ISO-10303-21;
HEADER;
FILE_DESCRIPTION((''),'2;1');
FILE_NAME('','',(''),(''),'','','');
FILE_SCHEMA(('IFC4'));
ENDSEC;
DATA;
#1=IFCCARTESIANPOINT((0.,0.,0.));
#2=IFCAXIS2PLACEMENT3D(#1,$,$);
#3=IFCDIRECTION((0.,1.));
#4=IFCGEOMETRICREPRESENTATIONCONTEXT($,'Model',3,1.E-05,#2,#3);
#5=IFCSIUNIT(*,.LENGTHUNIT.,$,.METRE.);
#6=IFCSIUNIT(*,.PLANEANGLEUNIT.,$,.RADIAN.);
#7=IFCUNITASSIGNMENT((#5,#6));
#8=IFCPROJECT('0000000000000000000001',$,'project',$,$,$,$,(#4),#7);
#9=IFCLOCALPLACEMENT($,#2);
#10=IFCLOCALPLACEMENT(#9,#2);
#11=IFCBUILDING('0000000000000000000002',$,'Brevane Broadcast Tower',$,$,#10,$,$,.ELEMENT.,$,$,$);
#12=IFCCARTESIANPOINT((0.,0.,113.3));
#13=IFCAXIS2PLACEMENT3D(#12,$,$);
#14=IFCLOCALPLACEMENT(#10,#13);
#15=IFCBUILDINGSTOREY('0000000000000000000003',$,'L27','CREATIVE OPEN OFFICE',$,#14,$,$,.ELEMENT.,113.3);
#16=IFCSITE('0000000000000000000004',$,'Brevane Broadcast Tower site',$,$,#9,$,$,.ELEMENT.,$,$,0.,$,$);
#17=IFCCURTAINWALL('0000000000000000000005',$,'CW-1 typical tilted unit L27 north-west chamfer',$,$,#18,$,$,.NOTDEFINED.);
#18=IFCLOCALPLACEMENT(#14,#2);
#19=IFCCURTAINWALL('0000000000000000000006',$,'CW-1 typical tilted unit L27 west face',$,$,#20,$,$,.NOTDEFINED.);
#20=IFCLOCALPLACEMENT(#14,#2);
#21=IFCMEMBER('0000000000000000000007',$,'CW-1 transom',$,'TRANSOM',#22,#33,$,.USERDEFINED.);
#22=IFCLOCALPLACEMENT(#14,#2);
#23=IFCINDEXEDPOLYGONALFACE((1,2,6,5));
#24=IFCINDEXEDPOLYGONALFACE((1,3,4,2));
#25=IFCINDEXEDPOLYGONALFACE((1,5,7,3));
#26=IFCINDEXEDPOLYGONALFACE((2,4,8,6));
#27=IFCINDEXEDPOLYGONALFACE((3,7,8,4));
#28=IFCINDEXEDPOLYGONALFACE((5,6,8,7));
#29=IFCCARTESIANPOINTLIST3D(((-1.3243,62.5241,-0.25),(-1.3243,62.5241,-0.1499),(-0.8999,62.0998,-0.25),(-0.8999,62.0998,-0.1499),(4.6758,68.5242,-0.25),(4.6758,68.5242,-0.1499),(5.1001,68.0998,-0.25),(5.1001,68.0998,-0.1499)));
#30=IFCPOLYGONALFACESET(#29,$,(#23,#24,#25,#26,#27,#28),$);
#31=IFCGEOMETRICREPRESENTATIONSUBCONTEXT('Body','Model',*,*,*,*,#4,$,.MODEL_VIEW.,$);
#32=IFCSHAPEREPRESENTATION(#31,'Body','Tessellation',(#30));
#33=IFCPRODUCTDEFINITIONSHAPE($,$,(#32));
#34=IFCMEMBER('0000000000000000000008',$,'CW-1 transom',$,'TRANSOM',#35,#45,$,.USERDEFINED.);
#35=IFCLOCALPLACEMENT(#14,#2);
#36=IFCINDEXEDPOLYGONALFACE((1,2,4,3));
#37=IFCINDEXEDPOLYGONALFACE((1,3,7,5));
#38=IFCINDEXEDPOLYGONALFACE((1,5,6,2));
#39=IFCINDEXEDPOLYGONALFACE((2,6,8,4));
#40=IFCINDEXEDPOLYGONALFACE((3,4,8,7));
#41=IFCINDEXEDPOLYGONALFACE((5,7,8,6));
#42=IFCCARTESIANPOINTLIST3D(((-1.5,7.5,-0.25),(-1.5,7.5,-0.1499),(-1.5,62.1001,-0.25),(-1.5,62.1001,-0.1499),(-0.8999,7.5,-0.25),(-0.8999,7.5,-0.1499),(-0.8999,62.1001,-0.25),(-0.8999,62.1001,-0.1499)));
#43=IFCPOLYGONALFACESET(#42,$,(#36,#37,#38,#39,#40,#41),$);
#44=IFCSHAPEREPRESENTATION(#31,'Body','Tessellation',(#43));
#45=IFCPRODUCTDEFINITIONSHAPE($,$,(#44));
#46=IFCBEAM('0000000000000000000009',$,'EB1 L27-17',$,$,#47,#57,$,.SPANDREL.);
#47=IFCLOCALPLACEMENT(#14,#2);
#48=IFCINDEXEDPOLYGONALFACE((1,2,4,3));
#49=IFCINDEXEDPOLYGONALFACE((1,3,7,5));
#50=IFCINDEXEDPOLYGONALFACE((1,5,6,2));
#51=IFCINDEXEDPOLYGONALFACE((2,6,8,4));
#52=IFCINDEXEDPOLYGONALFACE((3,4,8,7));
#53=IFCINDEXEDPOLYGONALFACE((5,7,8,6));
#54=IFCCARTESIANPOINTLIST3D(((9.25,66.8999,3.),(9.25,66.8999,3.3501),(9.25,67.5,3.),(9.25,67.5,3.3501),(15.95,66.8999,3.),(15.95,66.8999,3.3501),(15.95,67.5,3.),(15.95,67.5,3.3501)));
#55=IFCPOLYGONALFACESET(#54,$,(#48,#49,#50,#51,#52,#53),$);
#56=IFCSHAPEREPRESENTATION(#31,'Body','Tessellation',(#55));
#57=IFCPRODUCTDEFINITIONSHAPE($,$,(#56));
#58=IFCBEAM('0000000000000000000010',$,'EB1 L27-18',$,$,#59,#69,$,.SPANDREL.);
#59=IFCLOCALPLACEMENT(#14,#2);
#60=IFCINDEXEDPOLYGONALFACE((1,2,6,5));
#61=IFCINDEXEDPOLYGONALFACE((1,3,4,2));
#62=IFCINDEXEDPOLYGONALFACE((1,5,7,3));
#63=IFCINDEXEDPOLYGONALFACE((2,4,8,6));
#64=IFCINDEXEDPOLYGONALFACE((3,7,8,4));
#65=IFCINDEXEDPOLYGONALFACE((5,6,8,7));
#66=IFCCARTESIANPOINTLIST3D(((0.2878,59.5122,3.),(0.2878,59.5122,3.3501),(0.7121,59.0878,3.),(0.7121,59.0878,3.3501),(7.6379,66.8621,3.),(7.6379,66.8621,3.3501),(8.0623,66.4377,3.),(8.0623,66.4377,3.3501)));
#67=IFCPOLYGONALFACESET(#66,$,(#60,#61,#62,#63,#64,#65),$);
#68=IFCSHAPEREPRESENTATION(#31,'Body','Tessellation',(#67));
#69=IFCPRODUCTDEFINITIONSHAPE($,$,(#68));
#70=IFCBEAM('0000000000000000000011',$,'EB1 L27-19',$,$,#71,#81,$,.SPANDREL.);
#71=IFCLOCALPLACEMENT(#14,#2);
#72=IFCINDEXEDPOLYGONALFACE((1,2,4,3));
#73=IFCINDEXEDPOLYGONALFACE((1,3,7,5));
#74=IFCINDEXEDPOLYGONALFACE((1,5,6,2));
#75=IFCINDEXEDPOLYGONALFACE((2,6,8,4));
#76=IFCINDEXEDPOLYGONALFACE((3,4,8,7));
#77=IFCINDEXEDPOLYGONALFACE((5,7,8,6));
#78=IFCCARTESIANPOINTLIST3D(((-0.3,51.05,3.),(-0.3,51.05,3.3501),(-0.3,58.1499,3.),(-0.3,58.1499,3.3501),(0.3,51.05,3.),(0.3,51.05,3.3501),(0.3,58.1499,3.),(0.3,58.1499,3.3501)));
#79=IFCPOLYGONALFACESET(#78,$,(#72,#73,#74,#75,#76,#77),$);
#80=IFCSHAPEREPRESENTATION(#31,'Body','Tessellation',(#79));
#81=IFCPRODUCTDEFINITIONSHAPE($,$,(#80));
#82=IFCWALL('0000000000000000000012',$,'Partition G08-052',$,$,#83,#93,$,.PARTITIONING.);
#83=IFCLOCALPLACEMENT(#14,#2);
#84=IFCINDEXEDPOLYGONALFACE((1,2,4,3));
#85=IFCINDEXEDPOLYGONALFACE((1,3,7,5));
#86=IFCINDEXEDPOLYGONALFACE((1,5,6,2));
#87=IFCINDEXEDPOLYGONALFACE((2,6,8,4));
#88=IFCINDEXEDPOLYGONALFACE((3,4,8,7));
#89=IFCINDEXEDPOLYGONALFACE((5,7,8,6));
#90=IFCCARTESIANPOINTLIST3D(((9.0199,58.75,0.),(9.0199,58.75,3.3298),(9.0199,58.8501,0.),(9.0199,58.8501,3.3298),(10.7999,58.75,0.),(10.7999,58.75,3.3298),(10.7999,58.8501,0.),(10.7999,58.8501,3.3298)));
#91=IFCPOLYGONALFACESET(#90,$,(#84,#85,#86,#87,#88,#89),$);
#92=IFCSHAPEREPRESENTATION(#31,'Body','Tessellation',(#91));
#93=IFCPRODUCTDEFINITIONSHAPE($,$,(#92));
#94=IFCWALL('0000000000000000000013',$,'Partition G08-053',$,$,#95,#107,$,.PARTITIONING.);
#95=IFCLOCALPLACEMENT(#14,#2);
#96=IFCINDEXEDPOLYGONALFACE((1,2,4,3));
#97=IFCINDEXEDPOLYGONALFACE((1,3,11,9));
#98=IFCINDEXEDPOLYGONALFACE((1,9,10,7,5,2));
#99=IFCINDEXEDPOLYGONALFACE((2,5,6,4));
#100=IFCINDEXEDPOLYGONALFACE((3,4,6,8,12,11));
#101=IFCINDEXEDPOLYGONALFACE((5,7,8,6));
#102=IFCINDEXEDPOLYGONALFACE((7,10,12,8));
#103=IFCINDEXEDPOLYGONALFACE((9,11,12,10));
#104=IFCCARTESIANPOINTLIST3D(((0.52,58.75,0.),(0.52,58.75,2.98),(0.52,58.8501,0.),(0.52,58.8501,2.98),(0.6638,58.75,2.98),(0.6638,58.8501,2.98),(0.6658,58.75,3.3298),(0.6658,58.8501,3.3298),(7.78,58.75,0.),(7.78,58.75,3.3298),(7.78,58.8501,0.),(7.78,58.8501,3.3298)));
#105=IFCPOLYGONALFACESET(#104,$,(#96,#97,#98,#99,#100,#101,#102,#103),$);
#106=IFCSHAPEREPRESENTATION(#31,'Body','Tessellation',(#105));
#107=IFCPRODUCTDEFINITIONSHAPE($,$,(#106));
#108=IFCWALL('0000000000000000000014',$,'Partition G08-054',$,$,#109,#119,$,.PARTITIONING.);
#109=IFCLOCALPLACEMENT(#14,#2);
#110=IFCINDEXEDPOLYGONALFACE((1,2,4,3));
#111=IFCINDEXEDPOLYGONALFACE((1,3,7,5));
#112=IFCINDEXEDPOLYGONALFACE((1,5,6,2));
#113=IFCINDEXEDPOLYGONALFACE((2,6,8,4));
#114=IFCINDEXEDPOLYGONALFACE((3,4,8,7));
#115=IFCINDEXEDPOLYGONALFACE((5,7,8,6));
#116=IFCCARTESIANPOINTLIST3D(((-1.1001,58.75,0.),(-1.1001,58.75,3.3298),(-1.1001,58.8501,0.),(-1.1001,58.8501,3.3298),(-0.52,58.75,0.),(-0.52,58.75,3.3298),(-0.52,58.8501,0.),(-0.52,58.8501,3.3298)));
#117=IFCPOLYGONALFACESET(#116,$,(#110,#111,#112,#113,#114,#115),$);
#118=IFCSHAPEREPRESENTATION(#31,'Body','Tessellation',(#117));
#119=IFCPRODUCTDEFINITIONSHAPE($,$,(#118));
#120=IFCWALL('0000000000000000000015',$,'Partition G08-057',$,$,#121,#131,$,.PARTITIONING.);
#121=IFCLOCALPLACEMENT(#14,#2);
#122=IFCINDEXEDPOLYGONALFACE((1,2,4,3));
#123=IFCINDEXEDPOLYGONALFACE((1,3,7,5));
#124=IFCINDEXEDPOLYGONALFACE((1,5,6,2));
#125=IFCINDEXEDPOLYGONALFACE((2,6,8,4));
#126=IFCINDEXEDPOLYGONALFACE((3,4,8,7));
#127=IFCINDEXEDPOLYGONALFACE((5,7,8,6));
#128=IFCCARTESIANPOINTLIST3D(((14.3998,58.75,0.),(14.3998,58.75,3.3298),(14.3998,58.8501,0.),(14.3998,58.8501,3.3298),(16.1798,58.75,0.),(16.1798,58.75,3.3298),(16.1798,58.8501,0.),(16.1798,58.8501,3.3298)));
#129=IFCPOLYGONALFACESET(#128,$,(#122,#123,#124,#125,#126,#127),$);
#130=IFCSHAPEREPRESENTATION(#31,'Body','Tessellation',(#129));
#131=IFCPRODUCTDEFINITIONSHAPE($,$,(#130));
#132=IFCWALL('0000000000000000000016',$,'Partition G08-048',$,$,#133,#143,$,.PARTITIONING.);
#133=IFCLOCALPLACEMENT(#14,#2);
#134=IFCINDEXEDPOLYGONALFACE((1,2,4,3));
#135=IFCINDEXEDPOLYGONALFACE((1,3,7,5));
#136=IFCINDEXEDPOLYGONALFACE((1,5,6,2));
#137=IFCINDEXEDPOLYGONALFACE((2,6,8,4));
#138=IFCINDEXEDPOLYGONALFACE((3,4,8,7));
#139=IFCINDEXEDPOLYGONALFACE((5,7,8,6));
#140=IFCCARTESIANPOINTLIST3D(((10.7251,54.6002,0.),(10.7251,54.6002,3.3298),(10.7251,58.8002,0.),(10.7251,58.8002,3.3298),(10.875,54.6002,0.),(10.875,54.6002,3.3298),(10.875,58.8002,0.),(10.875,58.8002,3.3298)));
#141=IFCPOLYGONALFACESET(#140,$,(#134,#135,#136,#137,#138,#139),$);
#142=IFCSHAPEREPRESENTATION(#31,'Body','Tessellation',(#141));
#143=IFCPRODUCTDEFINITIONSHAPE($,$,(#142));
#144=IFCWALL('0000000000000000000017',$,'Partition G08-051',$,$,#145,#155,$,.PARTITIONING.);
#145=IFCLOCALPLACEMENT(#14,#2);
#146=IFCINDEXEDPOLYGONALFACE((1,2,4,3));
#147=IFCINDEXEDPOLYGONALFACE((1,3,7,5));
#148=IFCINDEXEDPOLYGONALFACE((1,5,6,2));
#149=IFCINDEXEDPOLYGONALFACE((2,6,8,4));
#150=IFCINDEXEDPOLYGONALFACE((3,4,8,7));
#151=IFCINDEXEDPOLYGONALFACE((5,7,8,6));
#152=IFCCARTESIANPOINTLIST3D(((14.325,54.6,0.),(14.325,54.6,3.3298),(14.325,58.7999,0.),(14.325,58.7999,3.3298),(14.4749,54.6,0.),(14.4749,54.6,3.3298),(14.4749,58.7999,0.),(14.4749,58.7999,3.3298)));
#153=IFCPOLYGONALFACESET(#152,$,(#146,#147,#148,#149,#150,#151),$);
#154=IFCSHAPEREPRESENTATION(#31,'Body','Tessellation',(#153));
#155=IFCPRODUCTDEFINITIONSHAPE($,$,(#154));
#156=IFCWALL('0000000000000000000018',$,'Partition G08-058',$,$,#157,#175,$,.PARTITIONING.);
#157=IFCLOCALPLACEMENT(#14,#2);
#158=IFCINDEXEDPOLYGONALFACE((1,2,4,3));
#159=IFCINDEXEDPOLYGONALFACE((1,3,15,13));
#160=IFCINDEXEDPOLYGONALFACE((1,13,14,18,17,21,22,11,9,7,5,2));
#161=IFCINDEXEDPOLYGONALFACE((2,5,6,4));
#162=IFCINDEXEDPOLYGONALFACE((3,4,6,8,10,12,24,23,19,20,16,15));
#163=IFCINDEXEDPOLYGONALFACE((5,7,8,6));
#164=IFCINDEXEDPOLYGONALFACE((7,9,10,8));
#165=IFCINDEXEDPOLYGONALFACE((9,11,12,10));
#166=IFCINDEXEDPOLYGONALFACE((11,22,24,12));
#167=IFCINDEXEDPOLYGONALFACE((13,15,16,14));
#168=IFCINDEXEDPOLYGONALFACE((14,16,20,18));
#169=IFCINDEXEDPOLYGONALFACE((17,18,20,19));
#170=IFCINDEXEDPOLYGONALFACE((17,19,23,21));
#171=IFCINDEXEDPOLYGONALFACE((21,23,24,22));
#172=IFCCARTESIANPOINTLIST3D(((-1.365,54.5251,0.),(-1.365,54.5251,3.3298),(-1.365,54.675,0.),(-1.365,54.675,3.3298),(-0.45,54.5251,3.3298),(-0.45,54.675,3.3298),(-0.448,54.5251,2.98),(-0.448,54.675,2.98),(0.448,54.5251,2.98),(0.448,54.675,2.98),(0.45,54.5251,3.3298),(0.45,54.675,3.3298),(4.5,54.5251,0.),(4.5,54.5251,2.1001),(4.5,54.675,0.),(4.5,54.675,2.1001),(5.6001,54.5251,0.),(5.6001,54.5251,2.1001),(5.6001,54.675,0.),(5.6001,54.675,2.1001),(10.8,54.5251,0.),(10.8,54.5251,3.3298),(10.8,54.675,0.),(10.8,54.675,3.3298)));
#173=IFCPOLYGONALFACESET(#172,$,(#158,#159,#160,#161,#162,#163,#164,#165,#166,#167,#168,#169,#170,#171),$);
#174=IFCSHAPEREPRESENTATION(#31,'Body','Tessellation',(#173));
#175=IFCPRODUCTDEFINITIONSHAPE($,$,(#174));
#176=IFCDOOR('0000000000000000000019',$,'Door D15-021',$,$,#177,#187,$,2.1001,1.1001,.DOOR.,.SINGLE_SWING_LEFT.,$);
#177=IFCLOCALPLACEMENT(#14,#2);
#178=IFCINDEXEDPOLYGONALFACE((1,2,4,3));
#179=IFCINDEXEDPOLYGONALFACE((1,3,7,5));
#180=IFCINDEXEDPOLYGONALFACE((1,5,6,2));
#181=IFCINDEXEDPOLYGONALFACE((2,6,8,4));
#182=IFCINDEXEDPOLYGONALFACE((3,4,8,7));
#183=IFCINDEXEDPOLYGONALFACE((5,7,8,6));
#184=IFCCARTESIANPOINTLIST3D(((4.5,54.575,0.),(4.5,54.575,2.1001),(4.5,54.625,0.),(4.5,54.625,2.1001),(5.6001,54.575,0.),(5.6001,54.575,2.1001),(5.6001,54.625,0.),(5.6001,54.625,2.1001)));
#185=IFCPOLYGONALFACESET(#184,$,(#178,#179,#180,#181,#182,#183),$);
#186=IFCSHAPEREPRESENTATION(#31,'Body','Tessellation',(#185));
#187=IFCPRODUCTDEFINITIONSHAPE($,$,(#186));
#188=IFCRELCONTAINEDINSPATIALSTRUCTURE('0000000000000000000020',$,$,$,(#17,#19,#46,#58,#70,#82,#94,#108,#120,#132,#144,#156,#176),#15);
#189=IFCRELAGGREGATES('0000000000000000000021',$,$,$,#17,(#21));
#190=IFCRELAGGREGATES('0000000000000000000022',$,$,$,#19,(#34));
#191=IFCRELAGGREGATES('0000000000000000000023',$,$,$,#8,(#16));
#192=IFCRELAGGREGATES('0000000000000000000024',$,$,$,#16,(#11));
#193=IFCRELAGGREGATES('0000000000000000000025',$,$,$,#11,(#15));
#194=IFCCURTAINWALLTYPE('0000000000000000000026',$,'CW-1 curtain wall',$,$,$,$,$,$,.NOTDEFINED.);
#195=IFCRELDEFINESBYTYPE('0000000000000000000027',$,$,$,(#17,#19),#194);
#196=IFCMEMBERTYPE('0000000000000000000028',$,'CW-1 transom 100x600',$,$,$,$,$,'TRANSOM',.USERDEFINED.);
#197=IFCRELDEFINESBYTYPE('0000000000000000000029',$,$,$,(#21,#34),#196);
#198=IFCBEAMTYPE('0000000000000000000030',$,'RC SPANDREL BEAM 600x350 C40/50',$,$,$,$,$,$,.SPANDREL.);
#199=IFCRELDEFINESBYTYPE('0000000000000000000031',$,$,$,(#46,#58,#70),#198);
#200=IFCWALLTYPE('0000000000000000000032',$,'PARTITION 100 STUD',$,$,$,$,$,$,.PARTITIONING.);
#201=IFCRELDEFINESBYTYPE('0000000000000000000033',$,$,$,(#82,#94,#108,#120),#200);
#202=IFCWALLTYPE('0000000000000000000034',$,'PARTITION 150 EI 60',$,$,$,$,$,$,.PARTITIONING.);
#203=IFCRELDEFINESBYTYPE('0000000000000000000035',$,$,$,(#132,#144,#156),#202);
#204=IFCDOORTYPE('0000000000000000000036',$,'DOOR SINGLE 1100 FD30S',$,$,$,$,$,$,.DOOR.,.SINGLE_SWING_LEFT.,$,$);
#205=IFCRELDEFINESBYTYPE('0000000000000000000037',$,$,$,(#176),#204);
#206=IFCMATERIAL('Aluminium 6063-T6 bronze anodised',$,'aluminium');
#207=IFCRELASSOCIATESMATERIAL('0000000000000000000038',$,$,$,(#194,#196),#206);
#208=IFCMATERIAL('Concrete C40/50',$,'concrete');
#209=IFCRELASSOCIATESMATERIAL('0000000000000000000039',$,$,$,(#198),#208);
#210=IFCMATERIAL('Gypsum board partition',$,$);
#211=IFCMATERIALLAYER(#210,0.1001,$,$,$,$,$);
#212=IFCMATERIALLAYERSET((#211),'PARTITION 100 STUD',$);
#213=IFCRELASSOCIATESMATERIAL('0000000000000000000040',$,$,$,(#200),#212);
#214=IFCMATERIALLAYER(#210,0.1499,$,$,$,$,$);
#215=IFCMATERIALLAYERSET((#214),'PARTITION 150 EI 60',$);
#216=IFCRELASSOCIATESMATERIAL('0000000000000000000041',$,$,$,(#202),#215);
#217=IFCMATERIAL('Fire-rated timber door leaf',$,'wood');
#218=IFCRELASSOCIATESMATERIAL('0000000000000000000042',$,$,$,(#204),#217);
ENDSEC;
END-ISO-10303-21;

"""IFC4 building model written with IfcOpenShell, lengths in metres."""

from ifc_helpers import new_model, si_unit, direction, frame, frame_2d, origin, origin_2d, place, context, subcontext, project, spatial, polyline, rectangle, outline, extrude, material, layer, layer_set, material_profile, profile_set, type_object, element, fill, aggregate, save


model = new_model("IFC4")

# Units and contexts
model_context = context("Model", 3, precision=1e-05, world=origin(), true_north=direction((0.0, 1.0)))
body_context = subcontext(model_context, "Body", "Model", "MODEL_VIEW")
ifc_project = project(units=[si_unit("LENGTHUNIT", "METRE"), si_unit("PLANEANGLEUNIT", "RADIAN")], contexts=[model_context])

# Site, building, storey
site_placement = place(None, origin())
site = spatial("IfcSite", under=ifc_project, at=site_placement, Name="Brevane Broadcast Tower site", CompositionType="ELEMENT", RefElevation=0.0)
building_placement = place(site_placement, origin())
building = spatial("IfcBuilding", under=site, at=building_placement, Name="Brevane Broadcast Tower", CompositionType="ELEMENT")
storey_placement = place(building_placement, frame((0.0, 0.0, 113.3)))
storey = spatial("IfcBuildingStorey", under=building, at=storey_placement, Name="L27", Description="CREATIVE OPEN OFFICE", CompositionType="ELEMENT", Elevation=113.3)

# Curtain walls
ifc_material_1 = material(Name="Aluminium 6063-T6 bronze anodised", Category="aluminium")
curtain_wall_type = type_object("IfcCurtainWallType", Name="CW-1 curtain wall", PredefinedType="NOTDEFINED", material=ifc_material_1)
curtain_wall_1_placement = place(storey_placement, origin())
curtain_wall_1 = element("IfcCurtainWall", 1, at=curtain_wall_1_placement, inside=storey, type_object=curtain_wall_type, Name="CW-1 typical tilted unit L27 north-west chamfer", PredefinedType="NOTDEFINED")
curtain_wall_2_placement = place(storey_placement, origin())
curtain_wall_2 = element("IfcCurtainWall", 2, at=curtain_wall_2_placement, inside=storey, type_object=curtain_wall_type, Name="CW-1 typical tilted unit L27 west face", PredefinedType="NOTDEFINED")

# Members
ifc_material_profile_1 = material_profile(ifc_material_1, rectangle(XDim=0.6001, YDim=0.1001, at=origin_2d()), Name="RECT 100x600")
ifc_profile_set_1 = profile_set([ifc_material_profile_1], Name="Aluminium 6063-T6 bronze anodised")
member_type_1 = type_object("IfcMemberType", Name="CW-1 transom 100x600", ElementType="TRANSOM", PredefinedType="USERDEFINED", material=ifc_profile_set_1)
member_1_placement = place(storey_placement, frame((4.8879, 68.312, -0.2), z_axis=(-0.707107, -0.707107, 0.0), x_axis=(0.707107, -0.707107, 0.0)))
member_1 = element("IfcMember", 3, at=member_1_placement, type_object=member_type_1, Name="CW-1 transom", ObjectType="TRANSOM", PredefinedType="USERDEFINED", context=body_context, shape_type="SweptSolid", body=[
    extrude(rectangle(XDim=0.6001, YDim=0.1001, at=origin_2d()), origin(), (0.0, 0.0, 1.0), 8.4854),
])
aggregate(curtain_wall_1, [member_1])
member_2_placement = place(storey_placement, frame((-1.2, 62.1001, -0.2), z_axis=(0.0, -1.0, 0.0), x_axis=(1.0, 0.0, 0.0)))
member_2 = element("IfcMember", 4, at=member_2_placement, type_object=member_type_1, Name="CW-1 transom", ObjectType="TRANSOM", PredefinedType="USERDEFINED", context=body_context, shape_type="SweptSolid", body=[
    extrude(rectangle(XDim=0.6001, YDim=0.1001, at=origin_2d()), origin(), (0.0, 0.0, 1.0), 54.6001),
])
aggregate(curtain_wall_2, [member_2])

# Beams
ifc_material_2 = material(Name="Concrete C40/50", Category="concrete")
ifc_material_profile_2 = material_profile(ifc_material_2, rectangle(XDim=0.6001, YDim=0.3501, at=origin_2d()), Name="RC 600x350")
ifc_profile_set_2 = profile_set([ifc_material_profile_2], Name="Concrete C40/50")
beam_type = type_object("IfcBeamType", Name="RC SPANDREL BEAM 600x350 C40/50", PredefinedType="SPANDREL", material=ifc_profile_set_2)
beam_1_placement = place(storey_placement, frame((15.95, 67.2, 3.175), z_axis=(-1.0, 0.0, 0.0), x_axis=(0.0, -1.0, 0.0)))
element("IfcBeam", 5, at=beam_1_placement, inside=storey, type_object=beam_type, Name="EB1 L27-17", PredefinedType="SPANDREL", context=body_context, shape_type="SweptSolid", body=[
    extrude(rectangle(XDim=0.6001, YDim=0.3501, at=origin_2d()), origin(), (0.0, 0.0, 1.0), 6.7),
])
beam_2_placement = place(storey_placement, frame((7.8501, 66.6499, 3.175), z_axis=(-0.707119, -0.707095, 0.0), x_axis=(0.707095, -0.707119, 0.0)))
element("IfcBeam", 6, at=beam_2_placement, inside=storey, type_object=beam_type, Name="EB1 L27-18", PredefinedType="SPANDREL", context=body_context, shape_type="SweptSolid", body=[
    extrude(rectangle(XDim=0.6001, YDim=0.3501, at=origin_2d()), origin(), (0.0, 0.0, 1.0), 10.3945),
])
beam_3_placement = place(storey_placement, frame((0.0, 58.1499, 3.175), z_axis=(0.0, -1.0, 0.0), x_axis=(1.0, 0.0, 0.0)))
element("IfcBeam", 7, at=beam_3_placement, inside=storey, type_object=beam_type, Name="EB1 L27-19", PredefinedType="SPANDREL", context=body_context, shape_type="SweptSolid", body=[
    extrude(rectangle(XDim=0.6001, YDim=0.3501, at=origin_2d()), origin(), (0.0, 0.0, 1.0), 7.0999),
])

# Walls
ifc_material_3 = material(Name="Gypsum board partition")
ifc_layer_1 = layer(ifc_material_3, 0.1001)
ifc_layer_set_1 = layer_set([ifc_layer_1], Name="PARTITION 100 STUD")
wall_type_1 = type_object("IfcWallType", Name="PARTITION 100 STUD", PredefinedType="PARTITIONING", material=ifc_layer_set_1)
wall_1_placement = place(storey_placement, frame((10.8, 58.8, 0.0), z_axis=(0.0, 0.0, 1.0), x_axis=(-1.0, 0.0, 0.0)))
element("IfcWall", 8, at=wall_1_placement, inside=storey, type_object=wall_type_1, Name="Partition G08-052", PredefinedType="PARTITIONING", context=body_context, shape_type="SweptSolid", body=[
    extrude(rectangle(XDim=1.78, YDim=0.1001, at=frame_2d((0.8901, 0.0))), origin(), (0.0, 0.0, 1.0), 3.3298),
])
wall_2_placement = place(storey_placement, frame((7.78, 58.8, 0.0), z_axis=(0.0, 0.0, 1.0), x_axis=(-1.0, 0.0, 0.0)))
element("IfcWall", 9, at=wall_2_placement, inside=storey, type_object=wall_type_1, Name="Partition G08-053", PredefinedType="PARTITIONING", context=body_context, shape_type="SweptSolid", body=[
    extrude(outline(polyline([(0.0, 0.0), (7.26, 0.0), (7.26, 2.98), (7.1162, 2.98), (7.1143, 3.3298), (0.0, 3.3298), (0.0, 0.0)])), frame((0.0, 0.05, 0.0), z_axis=(0.0, -1.0, 0.0), x_axis=(1.0, 0.0, 0.0)), (0.0, 0.0, 1.0), 0.1001),
])
wall_3_placement = place(storey_placement, frame((-0.52, 58.8, 0.0), z_axis=(0.0, 0.0, 1.0), x_axis=(-1.0, 0.0, 0.0)))
element("IfcWall", 10, at=wall_3_placement, inside=storey, type_object=wall_type_1, Name="Partition G08-054", PredefinedType="PARTITIONING", context=body_context, shape_type="SweptSolid", body=[
    extrude(rectangle(XDim=0.5801, YDim=0.1001, at=frame_2d((0.29, 0.0))), origin(), (0.0, 0.0, 1.0), 3.3298),
])
wall_4_placement = place(storey_placement, frame((16.1799, 58.8, 0.0), z_axis=(0.0, 0.0, 1.0), x_axis=(-1.0, 0.0, 0.0)))
element("IfcWall", 11, at=wall_4_placement, inside=storey, type_object=wall_type_1, Name="Partition G08-057", PredefinedType="PARTITIONING", context=body_context, shape_type="SweptSolid", body=[
    extrude(rectangle(XDim=1.78, YDim=0.1001, at=frame_2d((0.8901, 0.0))), origin(), (0.0, 0.0, 1.0), 3.3298),
])

# Shared definitions
ifc_layer_2 = layer(ifc_material_3, 0.1499)
ifc_layer_set_2 = layer_set([ifc_layer_2], Name="PARTITION 150 EI 60")
wall_type_2 = type_object("IfcWallType", Name="PARTITION 150 EI 60", PredefinedType="PARTITIONING", material=ifc_layer_set_2)
ifc_material_4 = material(Name="Fire-rated timber door leaf", Category="wood")

# Walls
for number, where, z_axis, x_axis, name in (
    (12, (10.8, 54.6001, 0.0), (0.0, 0.0, 1.0), (0.0, 1.0, 0.0), "Partition G08-048"),
    (13, (14.3999, 58.8, 0.0), (0.0, 0.0, 1.0), (0.0, -1.0, 0.0), "Partition G08-051"),
):
    element("IfcWall", number, at=place(storey_placement, frame(where, z_axis=z_axis, x_axis=x_axis)), inside=storey, type_object=wall_type_2, Name=name, PredefinedType="PARTITIONING", context=body_context, shape_type="SweptSolid", body=[
        extrude(rectangle(XDim=4.2, YDim=0.1499, at=frame_2d((2.1001, 0.0))), origin(), (0.0, 0.0, 1.0), 3.3298),
    ])

# Wall, opening, door
wall_5_placement = place(storey_placement, frame((-1.365, 54.6001, 0.0), z_axis=(0.0, 0.0, 1.0), x_axis=(1.0, 0.0, 0.0)))
wall_5 = element("IfcWall", 14, at=wall_5_placement, inside=storey, type_object=wall_type_2, Name="Partition G08-058", PredefinedType="PARTITIONING", context=body_context, shape_type="SweptSolid", body=[
    extrude(outline(polyline([(0.0, 0.0), (12.165, 0.0), (12.165, 3.3298), (1.8149, 3.3298), (1.813, 2.98), (0.917, 2.98), (0.915, 3.3298), (0.2649, 3.3298), (0.0, 3.3298), (0.0, 0.0)])), frame((0.0, 0.075, 0.0), z_axis=(0.0, -1.0, 0.0), x_axis=(1.0, 0.0, 0.0)), (0.0, 0.0, 1.0), 0.1499),
])
opening_1_placement = place(wall_5_placement, frame((5.865, 0.0, 0.0)))
opening_1 = element("IfcOpeningElement", 15, at=opening_1_placement, cuts=wall_5, PredefinedType="OPENING", context=body_context, shape_type="SweptSolid", body=[
    extrude(rectangle(XDim=1.1001, YDim=2.1001, at=frame_2d((0.55, 1.05))), frame((0.0, 0.085, 0.0), z_axis=(0.0, -1.0, 0.0), x_axis=(1.0, 0.0, 0.0)), (0.0, 0.0, 1.0), 0.1699),
])
door_type_1 = type_object("IfcDoorType", Name="DOOR SINGLE 1100 FD30S", OperationType="SINGLE_SWING_LEFT", PredefinedType="DOOR", material=ifc_material_4)
door_1_placement = place(opening_1_placement, origin())
door_1 = element("IfcDoor", 16, at=door_1_placement, inside=storey, type_object=door_type_1, Name="Door D15-021", OperationType="SINGLE_SWING_LEFT", OverallHeight=2.1001, OverallWidth=1.1001, PredefinedType="DOOR", context=body_context, shape_type="SweptSolid", body=[
    extrude(rectangle(XDim=1.1001, YDim=2.1001, at=frame_2d((0.55, 1.05))), frame((0.0, 0.0249, 0.0), z_axis=(0.0, -1.0, 0.0), x_axis=(1.0, 0.0, 0.0)), (0.0, 0.0, 1.0), 0.05),
])
fill(opening_1, door_1)

save(model, "model.ifc")
